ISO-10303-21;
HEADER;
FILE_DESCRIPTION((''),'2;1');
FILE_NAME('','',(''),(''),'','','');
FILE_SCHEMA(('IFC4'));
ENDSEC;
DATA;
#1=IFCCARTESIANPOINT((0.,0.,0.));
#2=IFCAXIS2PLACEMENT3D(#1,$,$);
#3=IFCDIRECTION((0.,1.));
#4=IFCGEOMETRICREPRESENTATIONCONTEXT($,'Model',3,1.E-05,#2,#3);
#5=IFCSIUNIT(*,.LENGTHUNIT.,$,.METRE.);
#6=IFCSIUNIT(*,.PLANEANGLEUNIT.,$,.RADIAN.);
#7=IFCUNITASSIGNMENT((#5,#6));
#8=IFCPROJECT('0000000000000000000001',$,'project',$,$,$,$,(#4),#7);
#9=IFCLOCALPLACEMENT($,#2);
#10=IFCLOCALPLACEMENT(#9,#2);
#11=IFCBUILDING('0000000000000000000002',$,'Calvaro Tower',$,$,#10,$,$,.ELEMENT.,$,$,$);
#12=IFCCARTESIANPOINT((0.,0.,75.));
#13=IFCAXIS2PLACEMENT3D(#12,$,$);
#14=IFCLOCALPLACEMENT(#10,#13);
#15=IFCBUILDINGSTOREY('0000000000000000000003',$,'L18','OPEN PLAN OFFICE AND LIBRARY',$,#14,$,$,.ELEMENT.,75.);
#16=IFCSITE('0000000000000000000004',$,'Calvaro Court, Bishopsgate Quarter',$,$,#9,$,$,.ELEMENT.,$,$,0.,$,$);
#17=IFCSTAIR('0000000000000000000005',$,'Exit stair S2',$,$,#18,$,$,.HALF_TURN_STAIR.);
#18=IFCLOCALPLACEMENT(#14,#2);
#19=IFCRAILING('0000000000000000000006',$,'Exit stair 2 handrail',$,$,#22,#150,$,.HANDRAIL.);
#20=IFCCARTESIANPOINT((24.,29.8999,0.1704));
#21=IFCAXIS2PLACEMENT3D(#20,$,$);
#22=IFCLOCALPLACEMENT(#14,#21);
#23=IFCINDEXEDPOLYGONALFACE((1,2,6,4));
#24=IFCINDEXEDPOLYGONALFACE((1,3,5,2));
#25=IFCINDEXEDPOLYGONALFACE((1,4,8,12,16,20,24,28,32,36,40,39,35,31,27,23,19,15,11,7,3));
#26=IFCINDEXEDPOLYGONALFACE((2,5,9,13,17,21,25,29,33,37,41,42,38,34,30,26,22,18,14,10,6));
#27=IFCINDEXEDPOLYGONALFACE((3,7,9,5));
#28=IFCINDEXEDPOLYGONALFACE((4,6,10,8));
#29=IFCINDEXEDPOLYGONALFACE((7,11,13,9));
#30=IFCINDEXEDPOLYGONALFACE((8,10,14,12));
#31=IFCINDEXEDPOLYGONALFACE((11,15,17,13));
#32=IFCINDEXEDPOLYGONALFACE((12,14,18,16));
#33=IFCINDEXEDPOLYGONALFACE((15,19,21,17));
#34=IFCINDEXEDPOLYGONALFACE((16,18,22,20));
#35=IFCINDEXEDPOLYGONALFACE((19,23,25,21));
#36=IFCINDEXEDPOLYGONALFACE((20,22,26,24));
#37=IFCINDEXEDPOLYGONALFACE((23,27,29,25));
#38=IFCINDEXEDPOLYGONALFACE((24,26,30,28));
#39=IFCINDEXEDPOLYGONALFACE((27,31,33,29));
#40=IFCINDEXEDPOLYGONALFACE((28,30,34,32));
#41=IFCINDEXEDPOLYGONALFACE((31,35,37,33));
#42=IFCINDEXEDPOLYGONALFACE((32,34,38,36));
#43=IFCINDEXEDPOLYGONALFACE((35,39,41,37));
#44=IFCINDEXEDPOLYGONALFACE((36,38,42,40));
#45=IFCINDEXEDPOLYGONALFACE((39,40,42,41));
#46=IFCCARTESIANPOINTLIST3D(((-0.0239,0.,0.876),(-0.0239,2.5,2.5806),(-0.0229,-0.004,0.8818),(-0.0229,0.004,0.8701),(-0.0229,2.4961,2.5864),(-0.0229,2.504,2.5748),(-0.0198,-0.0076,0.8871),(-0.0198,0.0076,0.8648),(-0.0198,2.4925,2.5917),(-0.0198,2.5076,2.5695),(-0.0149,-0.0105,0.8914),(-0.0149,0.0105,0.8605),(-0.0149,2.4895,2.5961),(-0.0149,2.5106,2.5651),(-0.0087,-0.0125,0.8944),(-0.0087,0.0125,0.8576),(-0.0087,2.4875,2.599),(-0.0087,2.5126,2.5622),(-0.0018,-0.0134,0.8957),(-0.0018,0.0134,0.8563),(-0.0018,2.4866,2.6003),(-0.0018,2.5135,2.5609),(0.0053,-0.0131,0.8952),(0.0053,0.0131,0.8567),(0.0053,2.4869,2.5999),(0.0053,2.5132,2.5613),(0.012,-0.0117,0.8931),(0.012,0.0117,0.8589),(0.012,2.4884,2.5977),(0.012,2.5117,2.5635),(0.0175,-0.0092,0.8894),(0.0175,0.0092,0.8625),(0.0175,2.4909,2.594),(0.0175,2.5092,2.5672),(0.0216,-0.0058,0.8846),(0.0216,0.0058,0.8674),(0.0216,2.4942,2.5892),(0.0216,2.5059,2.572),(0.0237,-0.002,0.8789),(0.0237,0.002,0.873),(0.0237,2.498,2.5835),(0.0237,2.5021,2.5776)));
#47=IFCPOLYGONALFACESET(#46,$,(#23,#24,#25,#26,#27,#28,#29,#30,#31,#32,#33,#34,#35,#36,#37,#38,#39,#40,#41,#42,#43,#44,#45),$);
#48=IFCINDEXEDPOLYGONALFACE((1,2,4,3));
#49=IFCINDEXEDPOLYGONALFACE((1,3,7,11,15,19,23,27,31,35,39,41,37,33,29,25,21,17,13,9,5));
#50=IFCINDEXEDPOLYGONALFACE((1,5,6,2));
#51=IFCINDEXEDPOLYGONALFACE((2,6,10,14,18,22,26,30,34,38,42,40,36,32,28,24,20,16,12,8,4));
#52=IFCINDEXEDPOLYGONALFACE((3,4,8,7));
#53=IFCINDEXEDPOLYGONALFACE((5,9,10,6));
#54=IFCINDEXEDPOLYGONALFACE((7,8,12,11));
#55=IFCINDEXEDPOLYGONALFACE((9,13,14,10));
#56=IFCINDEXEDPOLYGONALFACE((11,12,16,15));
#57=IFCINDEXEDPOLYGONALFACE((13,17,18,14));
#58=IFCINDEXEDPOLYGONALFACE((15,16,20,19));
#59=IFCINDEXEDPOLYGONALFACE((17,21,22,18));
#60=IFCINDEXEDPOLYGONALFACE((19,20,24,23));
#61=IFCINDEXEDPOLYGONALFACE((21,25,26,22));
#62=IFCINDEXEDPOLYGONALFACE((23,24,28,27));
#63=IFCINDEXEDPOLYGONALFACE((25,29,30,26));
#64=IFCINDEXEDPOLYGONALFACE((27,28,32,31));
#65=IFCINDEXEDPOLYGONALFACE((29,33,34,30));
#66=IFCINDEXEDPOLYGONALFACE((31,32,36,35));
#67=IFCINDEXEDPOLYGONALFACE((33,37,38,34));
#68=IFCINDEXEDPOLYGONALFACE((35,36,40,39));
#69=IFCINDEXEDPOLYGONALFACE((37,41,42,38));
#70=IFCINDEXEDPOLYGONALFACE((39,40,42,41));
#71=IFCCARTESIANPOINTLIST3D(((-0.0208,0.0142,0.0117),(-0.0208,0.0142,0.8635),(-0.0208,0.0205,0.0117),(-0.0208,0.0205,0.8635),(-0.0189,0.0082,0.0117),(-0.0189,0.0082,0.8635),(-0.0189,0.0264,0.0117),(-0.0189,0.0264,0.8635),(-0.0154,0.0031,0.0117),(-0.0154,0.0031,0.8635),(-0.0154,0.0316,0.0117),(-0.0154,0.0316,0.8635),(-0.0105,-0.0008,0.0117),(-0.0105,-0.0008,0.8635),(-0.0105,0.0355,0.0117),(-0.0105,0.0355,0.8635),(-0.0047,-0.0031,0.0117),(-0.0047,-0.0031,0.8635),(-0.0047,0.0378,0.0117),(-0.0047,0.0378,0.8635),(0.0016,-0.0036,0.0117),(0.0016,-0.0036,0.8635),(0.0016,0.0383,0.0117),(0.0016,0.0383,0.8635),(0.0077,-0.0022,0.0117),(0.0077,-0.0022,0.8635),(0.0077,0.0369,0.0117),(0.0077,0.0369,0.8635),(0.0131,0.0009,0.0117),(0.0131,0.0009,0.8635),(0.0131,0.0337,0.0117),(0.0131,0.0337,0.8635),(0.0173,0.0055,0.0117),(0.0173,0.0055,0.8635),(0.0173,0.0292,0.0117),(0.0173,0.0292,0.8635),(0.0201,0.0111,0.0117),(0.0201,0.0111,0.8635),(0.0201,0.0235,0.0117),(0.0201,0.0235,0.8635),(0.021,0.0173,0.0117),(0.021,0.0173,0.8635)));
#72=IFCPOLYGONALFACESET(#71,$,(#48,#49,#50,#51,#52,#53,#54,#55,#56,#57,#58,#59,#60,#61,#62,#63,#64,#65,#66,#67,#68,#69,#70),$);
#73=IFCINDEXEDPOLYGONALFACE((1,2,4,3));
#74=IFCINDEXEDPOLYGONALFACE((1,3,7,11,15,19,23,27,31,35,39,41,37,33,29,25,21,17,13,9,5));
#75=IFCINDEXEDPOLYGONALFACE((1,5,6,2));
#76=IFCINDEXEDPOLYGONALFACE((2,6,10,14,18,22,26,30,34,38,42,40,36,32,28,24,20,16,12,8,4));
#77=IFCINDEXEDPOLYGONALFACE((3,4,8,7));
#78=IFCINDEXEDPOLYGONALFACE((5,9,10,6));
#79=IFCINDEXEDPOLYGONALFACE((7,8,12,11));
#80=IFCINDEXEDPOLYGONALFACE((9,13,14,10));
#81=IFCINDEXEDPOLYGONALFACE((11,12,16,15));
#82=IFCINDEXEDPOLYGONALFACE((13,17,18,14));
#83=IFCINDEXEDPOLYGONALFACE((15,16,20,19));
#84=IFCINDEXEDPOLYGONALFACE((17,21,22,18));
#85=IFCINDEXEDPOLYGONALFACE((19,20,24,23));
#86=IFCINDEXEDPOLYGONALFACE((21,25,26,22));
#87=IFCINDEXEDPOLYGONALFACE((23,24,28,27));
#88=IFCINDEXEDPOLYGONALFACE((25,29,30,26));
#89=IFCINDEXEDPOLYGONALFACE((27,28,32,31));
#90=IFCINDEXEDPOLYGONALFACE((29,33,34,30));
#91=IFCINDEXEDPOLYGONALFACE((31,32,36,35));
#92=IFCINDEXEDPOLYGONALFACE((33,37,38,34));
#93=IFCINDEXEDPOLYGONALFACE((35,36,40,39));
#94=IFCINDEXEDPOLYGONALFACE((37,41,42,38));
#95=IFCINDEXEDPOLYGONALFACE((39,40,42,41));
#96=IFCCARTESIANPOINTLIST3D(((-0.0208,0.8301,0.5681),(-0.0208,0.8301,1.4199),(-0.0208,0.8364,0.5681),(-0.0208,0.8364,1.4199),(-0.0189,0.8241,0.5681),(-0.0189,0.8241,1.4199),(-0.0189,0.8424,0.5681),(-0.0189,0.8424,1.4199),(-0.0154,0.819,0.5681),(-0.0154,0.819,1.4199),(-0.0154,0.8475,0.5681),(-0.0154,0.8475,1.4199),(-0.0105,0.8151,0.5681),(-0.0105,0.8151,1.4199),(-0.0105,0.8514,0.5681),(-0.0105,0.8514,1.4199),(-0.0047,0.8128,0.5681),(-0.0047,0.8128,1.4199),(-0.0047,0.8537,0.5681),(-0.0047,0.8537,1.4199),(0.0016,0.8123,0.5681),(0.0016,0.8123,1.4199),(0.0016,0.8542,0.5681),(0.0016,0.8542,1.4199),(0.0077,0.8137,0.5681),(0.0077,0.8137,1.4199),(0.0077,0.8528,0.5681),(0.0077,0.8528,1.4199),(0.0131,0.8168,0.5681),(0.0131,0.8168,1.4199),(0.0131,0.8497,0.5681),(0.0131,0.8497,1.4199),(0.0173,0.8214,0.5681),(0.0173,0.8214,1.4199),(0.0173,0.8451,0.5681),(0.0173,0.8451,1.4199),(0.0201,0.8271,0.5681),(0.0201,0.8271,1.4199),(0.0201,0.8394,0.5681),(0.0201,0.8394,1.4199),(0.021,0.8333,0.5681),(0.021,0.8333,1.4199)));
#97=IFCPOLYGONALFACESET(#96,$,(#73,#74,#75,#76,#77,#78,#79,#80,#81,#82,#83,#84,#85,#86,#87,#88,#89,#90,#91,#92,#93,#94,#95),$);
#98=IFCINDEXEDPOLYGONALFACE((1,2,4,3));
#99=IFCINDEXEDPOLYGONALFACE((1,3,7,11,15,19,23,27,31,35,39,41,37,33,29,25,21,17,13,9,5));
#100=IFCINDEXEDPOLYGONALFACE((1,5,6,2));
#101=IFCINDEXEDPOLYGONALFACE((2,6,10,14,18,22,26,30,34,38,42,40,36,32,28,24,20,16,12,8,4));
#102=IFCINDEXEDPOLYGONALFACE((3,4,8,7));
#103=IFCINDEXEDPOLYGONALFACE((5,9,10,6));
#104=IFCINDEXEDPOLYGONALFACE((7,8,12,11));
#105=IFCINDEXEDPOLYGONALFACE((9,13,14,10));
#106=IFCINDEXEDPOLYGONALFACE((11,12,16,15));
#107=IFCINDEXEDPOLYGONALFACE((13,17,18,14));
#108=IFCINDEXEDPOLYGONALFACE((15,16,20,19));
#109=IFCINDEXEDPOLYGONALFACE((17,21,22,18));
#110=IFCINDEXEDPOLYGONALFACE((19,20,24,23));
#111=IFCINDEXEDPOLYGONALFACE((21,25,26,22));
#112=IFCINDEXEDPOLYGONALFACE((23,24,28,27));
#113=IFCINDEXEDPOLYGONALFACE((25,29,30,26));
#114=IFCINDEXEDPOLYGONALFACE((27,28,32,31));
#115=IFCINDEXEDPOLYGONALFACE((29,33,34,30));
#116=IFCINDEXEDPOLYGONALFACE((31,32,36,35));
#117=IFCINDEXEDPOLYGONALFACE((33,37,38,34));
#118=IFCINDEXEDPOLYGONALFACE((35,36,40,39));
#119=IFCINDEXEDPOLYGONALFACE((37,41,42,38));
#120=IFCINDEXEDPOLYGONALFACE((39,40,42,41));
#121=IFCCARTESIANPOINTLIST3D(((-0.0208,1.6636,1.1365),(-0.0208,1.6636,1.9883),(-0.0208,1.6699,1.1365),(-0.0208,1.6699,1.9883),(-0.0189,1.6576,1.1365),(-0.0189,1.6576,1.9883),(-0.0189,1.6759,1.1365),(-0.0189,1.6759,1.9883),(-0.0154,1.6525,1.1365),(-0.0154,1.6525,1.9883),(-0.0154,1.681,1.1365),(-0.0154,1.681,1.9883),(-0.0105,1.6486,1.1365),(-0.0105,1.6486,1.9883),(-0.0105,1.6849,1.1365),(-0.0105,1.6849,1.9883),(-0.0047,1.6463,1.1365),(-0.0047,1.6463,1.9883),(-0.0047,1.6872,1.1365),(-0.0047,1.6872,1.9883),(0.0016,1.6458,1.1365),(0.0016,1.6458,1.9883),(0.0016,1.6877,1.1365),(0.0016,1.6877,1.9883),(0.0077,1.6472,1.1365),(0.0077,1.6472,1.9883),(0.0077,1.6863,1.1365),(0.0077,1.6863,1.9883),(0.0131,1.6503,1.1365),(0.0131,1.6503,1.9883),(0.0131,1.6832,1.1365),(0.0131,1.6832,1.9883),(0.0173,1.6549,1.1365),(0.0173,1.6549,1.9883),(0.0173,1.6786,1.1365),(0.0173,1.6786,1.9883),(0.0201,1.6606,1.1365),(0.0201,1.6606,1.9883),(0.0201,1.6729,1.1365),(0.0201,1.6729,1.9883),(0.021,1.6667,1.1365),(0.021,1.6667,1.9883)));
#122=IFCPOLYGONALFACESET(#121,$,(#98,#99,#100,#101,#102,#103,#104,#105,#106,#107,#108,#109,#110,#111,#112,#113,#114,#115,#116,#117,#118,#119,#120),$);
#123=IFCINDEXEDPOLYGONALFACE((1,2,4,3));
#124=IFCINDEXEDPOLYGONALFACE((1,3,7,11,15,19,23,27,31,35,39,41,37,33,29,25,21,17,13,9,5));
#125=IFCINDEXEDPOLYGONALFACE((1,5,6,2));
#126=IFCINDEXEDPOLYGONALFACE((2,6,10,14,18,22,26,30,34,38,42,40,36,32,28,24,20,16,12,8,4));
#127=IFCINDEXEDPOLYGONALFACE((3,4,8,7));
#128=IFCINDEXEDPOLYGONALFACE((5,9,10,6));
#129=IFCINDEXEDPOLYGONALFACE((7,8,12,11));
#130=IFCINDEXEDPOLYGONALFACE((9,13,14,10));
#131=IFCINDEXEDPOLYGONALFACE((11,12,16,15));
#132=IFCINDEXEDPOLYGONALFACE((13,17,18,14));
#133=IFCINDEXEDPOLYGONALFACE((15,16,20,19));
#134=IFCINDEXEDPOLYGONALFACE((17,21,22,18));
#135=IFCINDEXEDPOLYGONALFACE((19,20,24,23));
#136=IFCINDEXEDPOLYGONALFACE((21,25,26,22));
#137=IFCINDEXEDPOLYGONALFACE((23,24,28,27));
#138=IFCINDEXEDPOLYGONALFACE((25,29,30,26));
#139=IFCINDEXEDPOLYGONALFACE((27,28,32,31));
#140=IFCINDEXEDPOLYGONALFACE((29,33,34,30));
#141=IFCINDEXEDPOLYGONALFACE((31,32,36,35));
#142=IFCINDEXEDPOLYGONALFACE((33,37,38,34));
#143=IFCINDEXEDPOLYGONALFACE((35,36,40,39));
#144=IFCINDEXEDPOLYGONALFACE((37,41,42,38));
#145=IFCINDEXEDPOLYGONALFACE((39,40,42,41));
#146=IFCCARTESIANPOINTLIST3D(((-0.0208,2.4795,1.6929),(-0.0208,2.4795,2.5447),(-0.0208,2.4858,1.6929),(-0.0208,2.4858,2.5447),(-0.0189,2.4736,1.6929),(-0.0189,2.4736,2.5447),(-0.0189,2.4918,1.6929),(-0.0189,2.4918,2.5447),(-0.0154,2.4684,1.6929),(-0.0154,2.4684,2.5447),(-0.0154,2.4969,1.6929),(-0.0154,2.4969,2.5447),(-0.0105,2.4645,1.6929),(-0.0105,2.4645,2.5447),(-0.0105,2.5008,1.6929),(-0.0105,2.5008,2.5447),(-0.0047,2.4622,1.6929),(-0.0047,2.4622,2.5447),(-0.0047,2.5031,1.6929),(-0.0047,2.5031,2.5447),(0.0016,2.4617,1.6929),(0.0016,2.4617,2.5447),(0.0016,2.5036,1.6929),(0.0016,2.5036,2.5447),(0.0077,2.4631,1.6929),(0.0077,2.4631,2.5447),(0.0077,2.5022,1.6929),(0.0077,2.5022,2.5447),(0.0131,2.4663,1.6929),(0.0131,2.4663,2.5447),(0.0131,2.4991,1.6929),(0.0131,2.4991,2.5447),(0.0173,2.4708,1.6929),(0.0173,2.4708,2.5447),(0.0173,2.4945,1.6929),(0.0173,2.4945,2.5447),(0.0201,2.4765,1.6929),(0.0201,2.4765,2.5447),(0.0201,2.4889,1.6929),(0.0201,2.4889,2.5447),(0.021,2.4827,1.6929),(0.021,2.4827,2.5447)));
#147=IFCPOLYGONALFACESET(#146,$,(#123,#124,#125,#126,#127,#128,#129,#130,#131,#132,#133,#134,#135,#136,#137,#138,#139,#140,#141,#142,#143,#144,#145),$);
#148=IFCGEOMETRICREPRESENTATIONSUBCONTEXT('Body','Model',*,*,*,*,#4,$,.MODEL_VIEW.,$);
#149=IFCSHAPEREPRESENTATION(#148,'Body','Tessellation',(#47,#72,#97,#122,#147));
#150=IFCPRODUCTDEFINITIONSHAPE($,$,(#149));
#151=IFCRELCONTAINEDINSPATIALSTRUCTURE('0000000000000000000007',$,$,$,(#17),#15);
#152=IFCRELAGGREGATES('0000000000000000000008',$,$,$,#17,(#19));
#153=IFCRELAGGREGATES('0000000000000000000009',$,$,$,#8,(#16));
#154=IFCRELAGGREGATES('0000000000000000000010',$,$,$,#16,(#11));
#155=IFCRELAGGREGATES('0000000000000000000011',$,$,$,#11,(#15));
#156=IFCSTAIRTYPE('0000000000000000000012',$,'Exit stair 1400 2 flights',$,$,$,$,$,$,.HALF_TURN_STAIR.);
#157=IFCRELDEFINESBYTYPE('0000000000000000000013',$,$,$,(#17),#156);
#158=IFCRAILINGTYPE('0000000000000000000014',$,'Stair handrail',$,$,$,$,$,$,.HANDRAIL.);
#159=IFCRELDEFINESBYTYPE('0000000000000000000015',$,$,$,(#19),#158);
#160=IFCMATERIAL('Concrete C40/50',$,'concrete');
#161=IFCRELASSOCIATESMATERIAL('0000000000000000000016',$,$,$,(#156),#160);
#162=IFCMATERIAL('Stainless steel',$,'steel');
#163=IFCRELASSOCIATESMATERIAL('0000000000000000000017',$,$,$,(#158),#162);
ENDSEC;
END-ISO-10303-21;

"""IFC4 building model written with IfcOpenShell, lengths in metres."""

from ifc_helpers import new_model, si_unit, direction, frame, origin, origin_2d, place, context, subcontext, project, spatial, circle, extrude, material, type_object, element, aggregate, save


model = new_model("IFC4")

# Units and contexts
model_context = context("Model", 3, precision=1e-05, world=origin(), true_north=direction((0.0, 1.0)))
body_context = subcontext(model_context, "Body", "Model", "MODEL_VIEW")
ifc_project = project(units=[si_unit("LENGTHUNIT", "METRE"), si_unit("PLANEANGLEUNIT", "RADIAN")], contexts=[model_context])

# Site, building, storey
site_placement = place(None, origin())
site = spatial("IfcSite", under=ifc_project, at=site_placement, Name="Calvaro Court, Bishopsgate Quarter", CompositionType="ELEMENT", RefElevation=0.0)
building_placement = place(site_placement, origin())
building = spatial("IfcBuilding", under=site, at=building_placement, Name="Calvaro Tower", CompositionType="ELEMENT")
storey_placement = place(building_placement, frame((0.0, 0.0, 75.0)))
storey = spatial("IfcBuildingStorey", under=building, at=storey_placement, Name="L18", Description="OPEN PLAN OFFICE AND LIBRARY", CompositionType="ELEMENT", Elevation=75.0)

# Stair, railing
ifc_material_1 = material(Name="Concrete C40/50", Category="concrete")
stair_type = type_object("IfcStairType", Name="Exit stair 1400 2 flights", PredefinedType="HALF_TURN_STAIR", material=ifc_material_1)
stair_placement = place(storey_placement, origin())
stair = element("IfcStair", 1, at=stair_placement, inside=storey, type_object=stair_type, Name="Exit stair S2", PredefinedType="HALF_TURN_STAIR")
ifc_material_2 = material(Name="Stainless steel", Category="steel")
railing_type = type_object("IfcRailingType", Name="Stair handrail", PredefinedType="HANDRAIL", material=ifc_material_2)
railing_placement = place(storey_placement, frame((24.0, 29.8999, 0.1704)))
railing = element("IfcRailing", 2, at=railing_placement, type_object=railing_type, Name="Exit stair 2 handrail", PredefinedType="HANDRAIL", context=body_context, shape_type="SweptSolid", body=[
    extrude(circle(Radius=0.0239, at=origin_2d()), frame((0.0, 0.0, 0.876), z_axis=(0.0, 0.826221, 0.563347), x_axis=(-1.0, 0.0, 0.0)), (0.0, 0.0, 1.0), 3.0259),
    extrude(circle(Radius=0.021, at=origin_2d()), frame((0.0, 0.0173, 0.0117)), (0.0, 0.0, 1.0), 0.8518),
    extrude(circle(Radius=0.021, at=origin_2d()), frame((0.0, 0.8333, 0.5681)), (0.0, 0.0, 1.0), 0.8518),
    extrude(circle(Radius=0.021, at=origin_2d()), frame((0.0, 1.6667, 1.1365)), (0.0, 0.0, 1.0), 0.8518),
    extrude(circle(Radius=0.021, at=origin_2d()), frame((0.0, 2.4827, 1.6929)), (0.0, 0.0, 1.0), 0.8518),
])
aggregate(stair, [railing])

save(model, "model.ifc")
